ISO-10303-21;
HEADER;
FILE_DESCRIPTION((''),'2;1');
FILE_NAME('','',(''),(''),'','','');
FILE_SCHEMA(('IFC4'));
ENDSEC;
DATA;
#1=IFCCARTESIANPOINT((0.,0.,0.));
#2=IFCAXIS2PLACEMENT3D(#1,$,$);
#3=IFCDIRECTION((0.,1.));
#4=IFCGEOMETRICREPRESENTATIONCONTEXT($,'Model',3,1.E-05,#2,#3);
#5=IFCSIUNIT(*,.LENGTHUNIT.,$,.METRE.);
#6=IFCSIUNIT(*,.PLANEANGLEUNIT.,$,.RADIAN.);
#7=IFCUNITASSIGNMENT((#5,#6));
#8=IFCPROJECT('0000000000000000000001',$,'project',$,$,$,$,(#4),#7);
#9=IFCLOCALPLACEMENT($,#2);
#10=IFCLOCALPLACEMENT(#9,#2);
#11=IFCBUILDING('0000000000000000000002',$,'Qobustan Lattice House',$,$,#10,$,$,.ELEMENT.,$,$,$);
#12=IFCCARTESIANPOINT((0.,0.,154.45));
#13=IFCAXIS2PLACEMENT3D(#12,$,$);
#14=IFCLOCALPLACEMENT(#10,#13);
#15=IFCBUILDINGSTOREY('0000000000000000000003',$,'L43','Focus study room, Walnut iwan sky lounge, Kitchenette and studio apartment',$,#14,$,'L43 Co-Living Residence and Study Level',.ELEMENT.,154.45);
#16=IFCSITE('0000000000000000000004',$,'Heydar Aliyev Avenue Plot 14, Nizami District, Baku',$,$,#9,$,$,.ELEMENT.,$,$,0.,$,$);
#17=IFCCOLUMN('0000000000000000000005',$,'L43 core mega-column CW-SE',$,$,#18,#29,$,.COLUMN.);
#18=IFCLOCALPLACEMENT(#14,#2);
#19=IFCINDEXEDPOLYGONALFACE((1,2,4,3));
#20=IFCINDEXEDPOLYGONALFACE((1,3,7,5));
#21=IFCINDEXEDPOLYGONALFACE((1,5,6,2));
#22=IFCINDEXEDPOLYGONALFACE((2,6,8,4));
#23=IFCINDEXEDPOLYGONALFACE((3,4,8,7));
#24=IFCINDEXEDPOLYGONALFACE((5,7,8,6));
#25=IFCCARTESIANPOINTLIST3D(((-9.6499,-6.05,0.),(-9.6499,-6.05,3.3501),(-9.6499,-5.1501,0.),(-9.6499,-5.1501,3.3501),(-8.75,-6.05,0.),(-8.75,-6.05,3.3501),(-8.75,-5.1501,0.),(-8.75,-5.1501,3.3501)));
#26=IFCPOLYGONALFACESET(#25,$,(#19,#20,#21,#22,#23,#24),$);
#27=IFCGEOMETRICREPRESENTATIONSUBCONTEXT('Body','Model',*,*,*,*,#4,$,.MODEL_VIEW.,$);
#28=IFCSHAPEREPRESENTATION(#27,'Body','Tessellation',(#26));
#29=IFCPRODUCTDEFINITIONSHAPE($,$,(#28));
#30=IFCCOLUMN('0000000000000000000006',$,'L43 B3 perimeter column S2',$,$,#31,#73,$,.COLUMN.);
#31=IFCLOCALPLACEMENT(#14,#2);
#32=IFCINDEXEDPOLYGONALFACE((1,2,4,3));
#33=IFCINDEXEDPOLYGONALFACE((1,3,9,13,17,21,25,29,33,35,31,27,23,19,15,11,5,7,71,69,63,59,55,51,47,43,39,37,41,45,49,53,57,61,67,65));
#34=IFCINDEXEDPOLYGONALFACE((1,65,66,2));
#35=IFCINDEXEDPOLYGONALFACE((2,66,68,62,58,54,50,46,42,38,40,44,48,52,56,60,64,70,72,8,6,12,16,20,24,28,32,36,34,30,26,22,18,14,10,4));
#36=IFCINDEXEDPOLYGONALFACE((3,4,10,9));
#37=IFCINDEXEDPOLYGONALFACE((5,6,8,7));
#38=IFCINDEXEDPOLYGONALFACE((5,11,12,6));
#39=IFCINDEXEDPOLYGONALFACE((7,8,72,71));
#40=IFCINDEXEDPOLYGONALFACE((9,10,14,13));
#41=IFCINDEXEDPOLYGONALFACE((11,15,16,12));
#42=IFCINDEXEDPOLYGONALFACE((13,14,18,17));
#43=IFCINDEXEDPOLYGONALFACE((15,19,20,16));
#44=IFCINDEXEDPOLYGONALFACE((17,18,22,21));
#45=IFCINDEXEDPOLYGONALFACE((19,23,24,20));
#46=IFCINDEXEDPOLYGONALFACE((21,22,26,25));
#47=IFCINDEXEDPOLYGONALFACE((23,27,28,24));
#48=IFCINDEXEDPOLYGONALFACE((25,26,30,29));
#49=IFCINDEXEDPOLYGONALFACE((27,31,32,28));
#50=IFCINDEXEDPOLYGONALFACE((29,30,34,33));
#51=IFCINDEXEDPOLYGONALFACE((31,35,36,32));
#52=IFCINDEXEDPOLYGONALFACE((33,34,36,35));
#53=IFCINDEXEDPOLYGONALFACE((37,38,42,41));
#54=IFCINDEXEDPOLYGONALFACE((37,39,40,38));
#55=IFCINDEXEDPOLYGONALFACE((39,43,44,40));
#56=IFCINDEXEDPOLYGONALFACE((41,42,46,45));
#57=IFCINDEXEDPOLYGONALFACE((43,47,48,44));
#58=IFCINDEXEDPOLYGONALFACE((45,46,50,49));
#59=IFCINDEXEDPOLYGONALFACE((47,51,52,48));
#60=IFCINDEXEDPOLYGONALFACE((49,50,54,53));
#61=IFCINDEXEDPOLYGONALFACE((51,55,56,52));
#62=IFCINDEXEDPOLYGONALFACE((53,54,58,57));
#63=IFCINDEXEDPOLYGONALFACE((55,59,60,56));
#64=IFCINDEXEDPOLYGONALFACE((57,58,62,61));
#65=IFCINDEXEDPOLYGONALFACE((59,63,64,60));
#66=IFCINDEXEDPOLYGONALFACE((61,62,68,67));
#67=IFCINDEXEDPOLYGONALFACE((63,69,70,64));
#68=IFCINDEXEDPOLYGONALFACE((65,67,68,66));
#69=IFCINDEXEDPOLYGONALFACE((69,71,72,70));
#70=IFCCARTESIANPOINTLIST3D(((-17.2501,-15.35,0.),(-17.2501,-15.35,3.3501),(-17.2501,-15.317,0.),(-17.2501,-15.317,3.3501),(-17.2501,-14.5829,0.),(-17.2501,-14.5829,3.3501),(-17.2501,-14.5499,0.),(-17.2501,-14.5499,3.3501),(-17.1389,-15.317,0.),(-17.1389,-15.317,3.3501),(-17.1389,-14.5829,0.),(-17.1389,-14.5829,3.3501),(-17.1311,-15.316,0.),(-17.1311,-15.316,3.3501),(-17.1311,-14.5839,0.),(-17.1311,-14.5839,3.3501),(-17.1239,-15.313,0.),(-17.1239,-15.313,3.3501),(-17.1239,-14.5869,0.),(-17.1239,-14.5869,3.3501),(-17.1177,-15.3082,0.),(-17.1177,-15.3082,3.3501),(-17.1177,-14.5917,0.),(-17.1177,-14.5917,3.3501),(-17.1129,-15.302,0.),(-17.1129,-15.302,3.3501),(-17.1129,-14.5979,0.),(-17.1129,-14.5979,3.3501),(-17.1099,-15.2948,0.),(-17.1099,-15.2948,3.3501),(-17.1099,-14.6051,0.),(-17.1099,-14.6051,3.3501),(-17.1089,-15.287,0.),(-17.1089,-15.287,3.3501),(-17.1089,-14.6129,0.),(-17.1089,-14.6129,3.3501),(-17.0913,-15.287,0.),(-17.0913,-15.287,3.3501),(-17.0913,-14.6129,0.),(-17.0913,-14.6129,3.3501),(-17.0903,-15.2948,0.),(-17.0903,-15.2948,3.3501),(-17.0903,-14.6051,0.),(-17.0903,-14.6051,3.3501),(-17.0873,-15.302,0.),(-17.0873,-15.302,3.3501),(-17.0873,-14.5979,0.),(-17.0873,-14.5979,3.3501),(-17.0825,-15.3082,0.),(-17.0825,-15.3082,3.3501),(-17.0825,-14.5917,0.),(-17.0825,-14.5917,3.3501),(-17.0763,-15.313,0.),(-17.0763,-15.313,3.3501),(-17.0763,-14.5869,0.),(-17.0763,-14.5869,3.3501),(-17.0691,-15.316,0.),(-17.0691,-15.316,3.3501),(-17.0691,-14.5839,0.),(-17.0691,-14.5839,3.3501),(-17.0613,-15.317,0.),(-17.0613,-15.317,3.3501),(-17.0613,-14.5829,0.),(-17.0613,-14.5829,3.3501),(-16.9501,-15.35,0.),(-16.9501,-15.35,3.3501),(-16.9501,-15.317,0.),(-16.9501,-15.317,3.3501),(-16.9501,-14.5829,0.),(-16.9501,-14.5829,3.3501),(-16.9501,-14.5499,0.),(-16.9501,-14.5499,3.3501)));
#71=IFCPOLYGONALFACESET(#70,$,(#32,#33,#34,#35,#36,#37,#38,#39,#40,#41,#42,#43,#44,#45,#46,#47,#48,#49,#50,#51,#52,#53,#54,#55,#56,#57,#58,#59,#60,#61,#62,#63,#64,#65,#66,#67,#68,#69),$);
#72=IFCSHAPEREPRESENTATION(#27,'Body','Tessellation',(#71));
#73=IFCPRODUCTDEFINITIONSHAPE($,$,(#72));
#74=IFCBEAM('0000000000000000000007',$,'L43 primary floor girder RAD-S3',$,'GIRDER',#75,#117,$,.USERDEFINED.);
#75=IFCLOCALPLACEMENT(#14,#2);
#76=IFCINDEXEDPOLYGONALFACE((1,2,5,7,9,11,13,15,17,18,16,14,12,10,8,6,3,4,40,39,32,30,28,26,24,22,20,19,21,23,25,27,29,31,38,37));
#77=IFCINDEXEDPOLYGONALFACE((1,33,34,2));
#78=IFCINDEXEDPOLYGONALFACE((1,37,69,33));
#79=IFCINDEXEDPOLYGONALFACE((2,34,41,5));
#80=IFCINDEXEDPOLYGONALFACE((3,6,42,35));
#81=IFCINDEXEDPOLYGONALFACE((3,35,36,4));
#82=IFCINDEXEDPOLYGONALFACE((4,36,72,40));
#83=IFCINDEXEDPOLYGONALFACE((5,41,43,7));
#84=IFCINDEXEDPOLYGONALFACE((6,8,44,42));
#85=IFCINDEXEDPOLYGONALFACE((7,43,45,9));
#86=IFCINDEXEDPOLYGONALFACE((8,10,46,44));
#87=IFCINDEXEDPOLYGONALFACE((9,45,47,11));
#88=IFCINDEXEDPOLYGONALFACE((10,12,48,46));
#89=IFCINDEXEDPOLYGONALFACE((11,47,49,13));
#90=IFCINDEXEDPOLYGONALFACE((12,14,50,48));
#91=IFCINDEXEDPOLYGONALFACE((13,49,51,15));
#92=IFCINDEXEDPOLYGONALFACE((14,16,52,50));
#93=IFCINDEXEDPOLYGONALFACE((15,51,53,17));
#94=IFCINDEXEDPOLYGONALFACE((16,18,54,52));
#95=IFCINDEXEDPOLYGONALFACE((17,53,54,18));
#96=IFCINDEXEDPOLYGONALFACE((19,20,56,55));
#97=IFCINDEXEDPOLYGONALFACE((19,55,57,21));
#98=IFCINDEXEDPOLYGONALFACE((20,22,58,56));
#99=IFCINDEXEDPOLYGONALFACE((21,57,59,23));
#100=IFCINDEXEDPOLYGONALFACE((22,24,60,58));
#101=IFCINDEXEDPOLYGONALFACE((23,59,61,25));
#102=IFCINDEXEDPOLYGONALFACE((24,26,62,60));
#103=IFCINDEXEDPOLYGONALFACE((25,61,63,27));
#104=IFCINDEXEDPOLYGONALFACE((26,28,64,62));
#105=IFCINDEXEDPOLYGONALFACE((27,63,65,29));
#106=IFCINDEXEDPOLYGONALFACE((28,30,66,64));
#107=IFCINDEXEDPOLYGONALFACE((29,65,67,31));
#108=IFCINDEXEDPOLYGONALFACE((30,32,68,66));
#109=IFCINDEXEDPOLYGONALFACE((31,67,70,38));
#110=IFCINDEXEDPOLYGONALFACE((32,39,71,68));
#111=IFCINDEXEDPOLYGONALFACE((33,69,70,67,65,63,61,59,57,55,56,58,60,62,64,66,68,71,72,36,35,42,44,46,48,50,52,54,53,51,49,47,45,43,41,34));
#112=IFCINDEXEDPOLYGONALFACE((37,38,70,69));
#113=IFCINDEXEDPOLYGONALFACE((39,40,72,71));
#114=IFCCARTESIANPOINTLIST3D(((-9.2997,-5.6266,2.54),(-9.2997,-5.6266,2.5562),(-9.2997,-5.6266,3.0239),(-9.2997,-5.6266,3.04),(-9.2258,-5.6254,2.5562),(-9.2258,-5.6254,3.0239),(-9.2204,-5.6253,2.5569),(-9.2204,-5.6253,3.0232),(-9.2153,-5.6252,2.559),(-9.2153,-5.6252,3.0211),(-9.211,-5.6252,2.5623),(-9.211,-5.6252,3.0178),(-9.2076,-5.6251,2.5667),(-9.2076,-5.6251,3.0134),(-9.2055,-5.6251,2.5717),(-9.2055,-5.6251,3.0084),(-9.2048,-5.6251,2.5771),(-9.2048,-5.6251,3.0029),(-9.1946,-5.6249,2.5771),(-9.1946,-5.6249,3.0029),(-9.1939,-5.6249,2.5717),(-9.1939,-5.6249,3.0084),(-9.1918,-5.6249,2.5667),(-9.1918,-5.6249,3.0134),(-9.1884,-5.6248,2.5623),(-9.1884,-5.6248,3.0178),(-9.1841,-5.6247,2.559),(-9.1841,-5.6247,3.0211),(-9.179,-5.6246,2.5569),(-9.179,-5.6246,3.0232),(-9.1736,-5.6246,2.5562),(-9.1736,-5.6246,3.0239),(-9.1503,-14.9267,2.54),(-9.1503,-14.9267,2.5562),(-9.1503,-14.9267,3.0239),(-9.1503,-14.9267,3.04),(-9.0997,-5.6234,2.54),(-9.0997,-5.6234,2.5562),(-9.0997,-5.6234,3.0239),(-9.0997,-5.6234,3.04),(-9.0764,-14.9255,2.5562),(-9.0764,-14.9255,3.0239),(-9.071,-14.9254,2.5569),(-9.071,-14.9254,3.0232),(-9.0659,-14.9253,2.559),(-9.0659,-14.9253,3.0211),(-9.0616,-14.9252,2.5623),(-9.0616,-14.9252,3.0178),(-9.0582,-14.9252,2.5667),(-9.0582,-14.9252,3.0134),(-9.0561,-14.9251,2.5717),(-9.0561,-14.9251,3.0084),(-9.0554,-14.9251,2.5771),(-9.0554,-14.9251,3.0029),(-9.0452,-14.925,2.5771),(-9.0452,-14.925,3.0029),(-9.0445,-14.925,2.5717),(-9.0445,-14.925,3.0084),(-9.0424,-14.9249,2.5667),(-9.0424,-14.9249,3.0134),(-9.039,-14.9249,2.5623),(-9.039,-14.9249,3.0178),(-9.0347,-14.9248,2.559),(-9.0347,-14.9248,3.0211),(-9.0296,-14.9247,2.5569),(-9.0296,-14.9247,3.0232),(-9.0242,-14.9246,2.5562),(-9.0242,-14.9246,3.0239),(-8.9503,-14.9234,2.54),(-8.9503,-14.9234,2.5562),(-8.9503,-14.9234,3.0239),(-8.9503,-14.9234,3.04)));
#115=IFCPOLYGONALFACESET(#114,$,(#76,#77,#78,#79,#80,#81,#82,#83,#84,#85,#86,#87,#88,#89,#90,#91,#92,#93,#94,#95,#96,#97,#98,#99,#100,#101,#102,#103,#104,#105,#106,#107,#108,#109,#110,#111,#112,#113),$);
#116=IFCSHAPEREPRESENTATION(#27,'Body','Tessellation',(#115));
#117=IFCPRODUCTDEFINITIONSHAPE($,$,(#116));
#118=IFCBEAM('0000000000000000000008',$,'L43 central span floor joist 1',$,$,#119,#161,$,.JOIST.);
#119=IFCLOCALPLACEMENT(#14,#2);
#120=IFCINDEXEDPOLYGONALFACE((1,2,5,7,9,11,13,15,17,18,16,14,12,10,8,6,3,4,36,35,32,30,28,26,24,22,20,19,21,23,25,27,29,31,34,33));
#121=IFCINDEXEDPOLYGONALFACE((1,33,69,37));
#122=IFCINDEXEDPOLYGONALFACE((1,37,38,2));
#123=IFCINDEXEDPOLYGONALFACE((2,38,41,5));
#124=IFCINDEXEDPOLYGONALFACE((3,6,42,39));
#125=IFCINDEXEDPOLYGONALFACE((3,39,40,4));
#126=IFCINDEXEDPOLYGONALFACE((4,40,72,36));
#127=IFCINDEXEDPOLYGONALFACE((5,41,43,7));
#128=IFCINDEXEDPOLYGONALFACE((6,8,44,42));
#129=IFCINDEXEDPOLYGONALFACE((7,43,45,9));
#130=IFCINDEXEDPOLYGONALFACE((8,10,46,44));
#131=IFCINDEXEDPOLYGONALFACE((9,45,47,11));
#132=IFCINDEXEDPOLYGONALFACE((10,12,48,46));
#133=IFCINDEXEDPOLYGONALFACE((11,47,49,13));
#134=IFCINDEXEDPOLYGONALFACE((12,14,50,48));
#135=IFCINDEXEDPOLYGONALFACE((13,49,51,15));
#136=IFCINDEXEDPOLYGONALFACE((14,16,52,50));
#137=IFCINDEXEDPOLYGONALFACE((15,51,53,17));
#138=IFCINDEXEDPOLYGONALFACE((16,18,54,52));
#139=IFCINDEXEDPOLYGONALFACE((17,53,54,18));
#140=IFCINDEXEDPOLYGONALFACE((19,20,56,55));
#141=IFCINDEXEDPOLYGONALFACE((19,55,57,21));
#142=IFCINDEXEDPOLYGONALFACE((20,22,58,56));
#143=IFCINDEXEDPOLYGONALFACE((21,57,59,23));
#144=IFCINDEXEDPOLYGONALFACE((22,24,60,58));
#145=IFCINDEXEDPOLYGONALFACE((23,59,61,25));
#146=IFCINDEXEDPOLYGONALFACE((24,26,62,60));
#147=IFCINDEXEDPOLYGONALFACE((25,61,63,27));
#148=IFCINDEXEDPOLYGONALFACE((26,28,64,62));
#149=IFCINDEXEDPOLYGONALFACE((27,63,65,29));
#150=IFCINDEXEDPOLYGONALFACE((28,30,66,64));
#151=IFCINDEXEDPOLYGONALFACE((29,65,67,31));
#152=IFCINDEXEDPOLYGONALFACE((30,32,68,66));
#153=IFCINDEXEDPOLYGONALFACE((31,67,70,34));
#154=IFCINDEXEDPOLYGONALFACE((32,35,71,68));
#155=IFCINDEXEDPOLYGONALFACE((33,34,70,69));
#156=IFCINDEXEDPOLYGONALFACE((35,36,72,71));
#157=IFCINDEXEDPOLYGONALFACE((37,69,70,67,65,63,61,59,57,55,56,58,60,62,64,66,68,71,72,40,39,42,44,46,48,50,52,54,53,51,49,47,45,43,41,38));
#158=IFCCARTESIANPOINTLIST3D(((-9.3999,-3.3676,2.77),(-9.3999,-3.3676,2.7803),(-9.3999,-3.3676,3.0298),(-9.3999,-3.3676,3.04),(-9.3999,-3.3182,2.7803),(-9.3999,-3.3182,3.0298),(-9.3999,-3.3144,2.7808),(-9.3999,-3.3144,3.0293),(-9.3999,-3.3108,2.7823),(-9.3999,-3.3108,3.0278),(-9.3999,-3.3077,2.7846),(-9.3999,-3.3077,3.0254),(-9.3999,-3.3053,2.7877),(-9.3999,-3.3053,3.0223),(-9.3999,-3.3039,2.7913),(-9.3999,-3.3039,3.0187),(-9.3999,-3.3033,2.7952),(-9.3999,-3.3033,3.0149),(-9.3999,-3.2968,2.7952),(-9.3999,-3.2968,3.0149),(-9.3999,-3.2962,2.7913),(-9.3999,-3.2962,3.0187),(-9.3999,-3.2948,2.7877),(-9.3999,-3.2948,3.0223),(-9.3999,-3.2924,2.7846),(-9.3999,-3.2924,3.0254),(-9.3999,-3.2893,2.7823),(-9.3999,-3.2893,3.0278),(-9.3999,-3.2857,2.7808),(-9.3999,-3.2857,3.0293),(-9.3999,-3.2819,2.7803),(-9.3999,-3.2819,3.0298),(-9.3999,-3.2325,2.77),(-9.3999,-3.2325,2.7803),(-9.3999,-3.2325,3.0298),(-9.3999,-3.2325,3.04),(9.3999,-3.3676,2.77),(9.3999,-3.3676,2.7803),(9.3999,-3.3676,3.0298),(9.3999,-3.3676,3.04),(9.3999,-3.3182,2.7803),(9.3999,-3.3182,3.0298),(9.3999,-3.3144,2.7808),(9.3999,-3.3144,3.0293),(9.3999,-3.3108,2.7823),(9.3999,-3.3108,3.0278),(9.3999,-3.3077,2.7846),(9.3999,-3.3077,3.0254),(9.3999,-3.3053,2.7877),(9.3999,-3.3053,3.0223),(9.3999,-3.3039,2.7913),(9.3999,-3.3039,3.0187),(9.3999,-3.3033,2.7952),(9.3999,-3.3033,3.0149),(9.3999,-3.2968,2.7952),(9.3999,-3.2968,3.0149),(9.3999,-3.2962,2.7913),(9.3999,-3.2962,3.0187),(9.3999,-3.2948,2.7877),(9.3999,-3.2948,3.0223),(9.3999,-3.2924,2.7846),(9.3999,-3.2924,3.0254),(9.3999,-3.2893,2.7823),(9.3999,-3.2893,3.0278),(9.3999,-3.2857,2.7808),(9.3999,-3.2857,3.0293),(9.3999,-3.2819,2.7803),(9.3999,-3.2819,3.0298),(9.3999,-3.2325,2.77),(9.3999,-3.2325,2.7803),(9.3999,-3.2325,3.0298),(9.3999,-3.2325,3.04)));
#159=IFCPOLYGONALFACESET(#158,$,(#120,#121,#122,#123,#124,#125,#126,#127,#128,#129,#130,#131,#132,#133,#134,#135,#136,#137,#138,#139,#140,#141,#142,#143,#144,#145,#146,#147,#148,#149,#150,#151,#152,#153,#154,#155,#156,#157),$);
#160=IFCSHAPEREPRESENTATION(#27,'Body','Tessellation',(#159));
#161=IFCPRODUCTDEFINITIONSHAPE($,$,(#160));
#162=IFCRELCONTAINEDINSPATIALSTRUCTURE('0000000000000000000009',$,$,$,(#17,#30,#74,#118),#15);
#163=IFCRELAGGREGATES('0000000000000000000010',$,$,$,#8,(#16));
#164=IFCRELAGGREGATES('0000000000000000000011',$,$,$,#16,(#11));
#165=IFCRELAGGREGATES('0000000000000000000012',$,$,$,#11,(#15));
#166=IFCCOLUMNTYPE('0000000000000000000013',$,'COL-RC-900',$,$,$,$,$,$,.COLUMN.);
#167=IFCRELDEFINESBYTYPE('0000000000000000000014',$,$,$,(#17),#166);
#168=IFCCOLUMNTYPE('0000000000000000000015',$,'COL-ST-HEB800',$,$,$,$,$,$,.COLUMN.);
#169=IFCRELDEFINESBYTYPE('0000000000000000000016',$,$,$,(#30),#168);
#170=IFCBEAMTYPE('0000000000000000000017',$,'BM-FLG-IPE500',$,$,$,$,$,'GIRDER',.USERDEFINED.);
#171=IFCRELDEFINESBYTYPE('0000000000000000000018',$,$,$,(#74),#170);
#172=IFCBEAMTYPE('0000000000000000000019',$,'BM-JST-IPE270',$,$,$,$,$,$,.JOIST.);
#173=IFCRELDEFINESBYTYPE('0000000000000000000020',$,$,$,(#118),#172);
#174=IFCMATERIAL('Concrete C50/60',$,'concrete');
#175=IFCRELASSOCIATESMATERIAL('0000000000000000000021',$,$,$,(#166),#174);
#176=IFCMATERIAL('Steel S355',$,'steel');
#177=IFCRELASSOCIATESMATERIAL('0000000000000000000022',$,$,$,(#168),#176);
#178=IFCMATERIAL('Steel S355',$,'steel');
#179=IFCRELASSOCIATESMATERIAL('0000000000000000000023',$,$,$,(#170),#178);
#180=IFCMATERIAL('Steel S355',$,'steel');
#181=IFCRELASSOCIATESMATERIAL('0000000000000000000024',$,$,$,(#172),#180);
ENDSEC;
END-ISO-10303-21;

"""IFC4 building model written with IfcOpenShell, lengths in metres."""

from ifc_helpers import new_model, si_unit, direction, frame, origin, origin_2d, place, context, subcontext, project, spatial, rectangle, i_section, extrude, material, material_profile, profile_set, type_object, element, save


model = new_model("IFC4")

# Units and contexts
model_context = context("Model", 3, precision=1e-05, world=origin(), true_north=direction((0.0, 1.0)))
body_context = subcontext(model_context, "Body", "Model", "MODEL_VIEW")
ifc_project = project(units=[si_unit("LENGTHUNIT", "METRE"), si_unit("PLANEANGLEUNIT", "RADIAN")], contexts=[model_context])

# Site, building, storey
site_placement = place(None, origin())
site = spatial("IfcSite", under=ifc_project, at=site_placement, Name="Heydar Aliyev Avenue Plot 14, Nizami District, Baku", CompositionType="ELEMENT", RefElevation=0.0)
building_placement = place(site_placement, origin())
building = spatial("IfcBuilding", under=site, at=building_placement, Name="Qobustan Lattice House", CompositionType="ELEMENT")
storey_placement = place(building_placement, frame((0.0, 0.0, 154.45)))
storey = spatial("IfcBuildingStorey", under=building, at=storey_placement, Name="L43", Description="Focus study room, Walnut iwan sky lounge, Kitchenette and studio apartment", LongName="L43 Co-Living Residence and Study Level", CompositionType="ELEMENT", Elevation=154.45)

# Columns
ifc_material_1 = material(Name="Concrete C50/60", Category="concrete")
ifc_material_profile_1 = material_profile(ifc_material_1, rectangle(XDim=0.8999, YDim=0.8999, at=origin_2d()), Name="RC900x900")
ifc_profile_set_1 = profile_set([ifc_material_profile_1], Name="Concrete C50/60")
column_type_1 = type_object("IfcColumnType", Name="COL-RC-900", PredefinedType="COLUMN", material=ifc_profile_set_1)
column_1_placement = place(storey_placement, frame((-9.2, -5.6001, 0.0), z_axis=(0.0, 0.0, 1.0), x_axis=(1.0, 0.0, 0.0)))
element("IfcColumn", 1, at=column_1_placement, inside=storey, type_object=column_type_1, Name="L43 core mega-column CW-SE", PredefinedType="COLUMN", context=body_context, shape_type="SweptSolid", body=[
    extrude(rectangle(XDim=0.8999, YDim=0.8999, at=origin_2d()), origin(), (0.0, 0.0, 1.0), 3.3501),
])
ifc_material_2 = material(Name="Steel S355", Category="steel")
ifc_material_profile_2 = material_profile(ifc_material_2, i_section(OverallWidth=0.3, OverallDepth=0.8, WebThickness=0.0176, FlangeThickness=0.033, FilletRadius=0.03, at=origin_2d()), Name="HEB800")
ifc_profile_set_2 = profile_set([ifc_material_profile_2], Name="Steel S355")
column_type_2 = type_object("IfcColumnType", Name="COL-ST-HEB800", PredefinedType="COLUMN", material=ifc_profile_set_2)
column_2_placement = place(storey_placement, frame((-17.1001, -14.95, 0.0), z_axis=(0.0, 0.0, 1.0), x_axis=(1.0, 0.0, 0.0)))
element("IfcColumn", 2, at=column_2_placement, inside=storey, type_object=column_type_2, Name="L43 B3 perimeter column S2", PredefinedType="COLUMN", context=body_context, shape_type="SweptSolid", body=[
    extrude(i_section(OverallWidth=0.3, OverallDepth=0.8, WebThickness=0.0176, FlangeThickness=0.033, FilletRadius=0.03, at=origin_2d()), origin(), (0.0, 0.0, 1.0), 3.3501),
])

# Beams
ifc_material_3 = material(Name="Steel S355", Category="steel")
ifc_material_profile_3 = material_profile(ifc_material_3, i_section(OverallWidth=0.2, OverallDepth=0.5, WebThickness=0.0103, FlangeThickness=0.0161, FilletRadius=0.021, at=origin_2d()), Name="IPE500")
ifc_profile_set_3 = profile_set([ifc_material_profile_3], Name="Steel S355")
beam_type_1 = type_object("IfcBeamType", Name="BM-FLG-IPE500", ElementType="GIRDER", PredefinedType="USERDEFINED", material=ifc_profile_set_3)
beam_1_placement = place(storey_placement, frame((-9.0503, -14.925, 2.79), z_axis=(-0.016064, 0.999871, 0.0), x_axis=(-0.999871, -0.016064, 0.0)))
element("IfcBeam", 3, at=beam_1_placement, inside=storey, type_object=beam_type_1, Name="L43 primary floor girder RAD-S3", ObjectType="GIRDER", PredefinedType="USERDEFINED", context=body_context, shape_type="SweptSolid", body=[
    extrude(i_section(OverallWidth=0.2, OverallDepth=0.5, WebThickness=0.0103, FlangeThickness=0.0161, FilletRadius=0.021, at=origin_2d()), origin(), (0.0, 0.0, 1.0), 9.3013),
])
ifc_material_4 = material(Name="Steel S355", Category="steel")
ifc_material_profile_4 = material_profile(ifc_material_4, i_section(OverallWidth=0.135, OverallDepth=0.27, WebThickness=0.0066, FlangeThickness=0.0103, FilletRadius=0.0149, at=origin_2d()), Name="IPE270")
ifc_profile_set_4 = profile_set([ifc_material_profile_4], Name="Steel S355")
beam_type_2 = type_object("IfcBeamType", Name="BM-JST-IPE270", PredefinedType="JOIST", material=ifc_profile_set_4)
beam_2_placement = place(storey_placement, frame((-9.3999, -3.3, 2.905), z_axis=(1.0, 0.0, 0.0), x_axis=(0.0, 1.0, 0.0)))
element("IfcBeam", 4, at=beam_2_placement, inside=storey, type_object=beam_type_2, Name="L43 central span floor joist 1", PredefinedType="JOIST", context=body_context, shape_type="SweptSolid", body=[
    extrude(i_section(OverallWidth=0.135, OverallDepth=0.27, WebThickness=0.0066, FlangeThickness=0.0103, FilletRadius=0.0149, at=origin_2d()), origin(), (0.0, 0.0, 1.0), 18.7998),
])

save(model, "model.ifc")
